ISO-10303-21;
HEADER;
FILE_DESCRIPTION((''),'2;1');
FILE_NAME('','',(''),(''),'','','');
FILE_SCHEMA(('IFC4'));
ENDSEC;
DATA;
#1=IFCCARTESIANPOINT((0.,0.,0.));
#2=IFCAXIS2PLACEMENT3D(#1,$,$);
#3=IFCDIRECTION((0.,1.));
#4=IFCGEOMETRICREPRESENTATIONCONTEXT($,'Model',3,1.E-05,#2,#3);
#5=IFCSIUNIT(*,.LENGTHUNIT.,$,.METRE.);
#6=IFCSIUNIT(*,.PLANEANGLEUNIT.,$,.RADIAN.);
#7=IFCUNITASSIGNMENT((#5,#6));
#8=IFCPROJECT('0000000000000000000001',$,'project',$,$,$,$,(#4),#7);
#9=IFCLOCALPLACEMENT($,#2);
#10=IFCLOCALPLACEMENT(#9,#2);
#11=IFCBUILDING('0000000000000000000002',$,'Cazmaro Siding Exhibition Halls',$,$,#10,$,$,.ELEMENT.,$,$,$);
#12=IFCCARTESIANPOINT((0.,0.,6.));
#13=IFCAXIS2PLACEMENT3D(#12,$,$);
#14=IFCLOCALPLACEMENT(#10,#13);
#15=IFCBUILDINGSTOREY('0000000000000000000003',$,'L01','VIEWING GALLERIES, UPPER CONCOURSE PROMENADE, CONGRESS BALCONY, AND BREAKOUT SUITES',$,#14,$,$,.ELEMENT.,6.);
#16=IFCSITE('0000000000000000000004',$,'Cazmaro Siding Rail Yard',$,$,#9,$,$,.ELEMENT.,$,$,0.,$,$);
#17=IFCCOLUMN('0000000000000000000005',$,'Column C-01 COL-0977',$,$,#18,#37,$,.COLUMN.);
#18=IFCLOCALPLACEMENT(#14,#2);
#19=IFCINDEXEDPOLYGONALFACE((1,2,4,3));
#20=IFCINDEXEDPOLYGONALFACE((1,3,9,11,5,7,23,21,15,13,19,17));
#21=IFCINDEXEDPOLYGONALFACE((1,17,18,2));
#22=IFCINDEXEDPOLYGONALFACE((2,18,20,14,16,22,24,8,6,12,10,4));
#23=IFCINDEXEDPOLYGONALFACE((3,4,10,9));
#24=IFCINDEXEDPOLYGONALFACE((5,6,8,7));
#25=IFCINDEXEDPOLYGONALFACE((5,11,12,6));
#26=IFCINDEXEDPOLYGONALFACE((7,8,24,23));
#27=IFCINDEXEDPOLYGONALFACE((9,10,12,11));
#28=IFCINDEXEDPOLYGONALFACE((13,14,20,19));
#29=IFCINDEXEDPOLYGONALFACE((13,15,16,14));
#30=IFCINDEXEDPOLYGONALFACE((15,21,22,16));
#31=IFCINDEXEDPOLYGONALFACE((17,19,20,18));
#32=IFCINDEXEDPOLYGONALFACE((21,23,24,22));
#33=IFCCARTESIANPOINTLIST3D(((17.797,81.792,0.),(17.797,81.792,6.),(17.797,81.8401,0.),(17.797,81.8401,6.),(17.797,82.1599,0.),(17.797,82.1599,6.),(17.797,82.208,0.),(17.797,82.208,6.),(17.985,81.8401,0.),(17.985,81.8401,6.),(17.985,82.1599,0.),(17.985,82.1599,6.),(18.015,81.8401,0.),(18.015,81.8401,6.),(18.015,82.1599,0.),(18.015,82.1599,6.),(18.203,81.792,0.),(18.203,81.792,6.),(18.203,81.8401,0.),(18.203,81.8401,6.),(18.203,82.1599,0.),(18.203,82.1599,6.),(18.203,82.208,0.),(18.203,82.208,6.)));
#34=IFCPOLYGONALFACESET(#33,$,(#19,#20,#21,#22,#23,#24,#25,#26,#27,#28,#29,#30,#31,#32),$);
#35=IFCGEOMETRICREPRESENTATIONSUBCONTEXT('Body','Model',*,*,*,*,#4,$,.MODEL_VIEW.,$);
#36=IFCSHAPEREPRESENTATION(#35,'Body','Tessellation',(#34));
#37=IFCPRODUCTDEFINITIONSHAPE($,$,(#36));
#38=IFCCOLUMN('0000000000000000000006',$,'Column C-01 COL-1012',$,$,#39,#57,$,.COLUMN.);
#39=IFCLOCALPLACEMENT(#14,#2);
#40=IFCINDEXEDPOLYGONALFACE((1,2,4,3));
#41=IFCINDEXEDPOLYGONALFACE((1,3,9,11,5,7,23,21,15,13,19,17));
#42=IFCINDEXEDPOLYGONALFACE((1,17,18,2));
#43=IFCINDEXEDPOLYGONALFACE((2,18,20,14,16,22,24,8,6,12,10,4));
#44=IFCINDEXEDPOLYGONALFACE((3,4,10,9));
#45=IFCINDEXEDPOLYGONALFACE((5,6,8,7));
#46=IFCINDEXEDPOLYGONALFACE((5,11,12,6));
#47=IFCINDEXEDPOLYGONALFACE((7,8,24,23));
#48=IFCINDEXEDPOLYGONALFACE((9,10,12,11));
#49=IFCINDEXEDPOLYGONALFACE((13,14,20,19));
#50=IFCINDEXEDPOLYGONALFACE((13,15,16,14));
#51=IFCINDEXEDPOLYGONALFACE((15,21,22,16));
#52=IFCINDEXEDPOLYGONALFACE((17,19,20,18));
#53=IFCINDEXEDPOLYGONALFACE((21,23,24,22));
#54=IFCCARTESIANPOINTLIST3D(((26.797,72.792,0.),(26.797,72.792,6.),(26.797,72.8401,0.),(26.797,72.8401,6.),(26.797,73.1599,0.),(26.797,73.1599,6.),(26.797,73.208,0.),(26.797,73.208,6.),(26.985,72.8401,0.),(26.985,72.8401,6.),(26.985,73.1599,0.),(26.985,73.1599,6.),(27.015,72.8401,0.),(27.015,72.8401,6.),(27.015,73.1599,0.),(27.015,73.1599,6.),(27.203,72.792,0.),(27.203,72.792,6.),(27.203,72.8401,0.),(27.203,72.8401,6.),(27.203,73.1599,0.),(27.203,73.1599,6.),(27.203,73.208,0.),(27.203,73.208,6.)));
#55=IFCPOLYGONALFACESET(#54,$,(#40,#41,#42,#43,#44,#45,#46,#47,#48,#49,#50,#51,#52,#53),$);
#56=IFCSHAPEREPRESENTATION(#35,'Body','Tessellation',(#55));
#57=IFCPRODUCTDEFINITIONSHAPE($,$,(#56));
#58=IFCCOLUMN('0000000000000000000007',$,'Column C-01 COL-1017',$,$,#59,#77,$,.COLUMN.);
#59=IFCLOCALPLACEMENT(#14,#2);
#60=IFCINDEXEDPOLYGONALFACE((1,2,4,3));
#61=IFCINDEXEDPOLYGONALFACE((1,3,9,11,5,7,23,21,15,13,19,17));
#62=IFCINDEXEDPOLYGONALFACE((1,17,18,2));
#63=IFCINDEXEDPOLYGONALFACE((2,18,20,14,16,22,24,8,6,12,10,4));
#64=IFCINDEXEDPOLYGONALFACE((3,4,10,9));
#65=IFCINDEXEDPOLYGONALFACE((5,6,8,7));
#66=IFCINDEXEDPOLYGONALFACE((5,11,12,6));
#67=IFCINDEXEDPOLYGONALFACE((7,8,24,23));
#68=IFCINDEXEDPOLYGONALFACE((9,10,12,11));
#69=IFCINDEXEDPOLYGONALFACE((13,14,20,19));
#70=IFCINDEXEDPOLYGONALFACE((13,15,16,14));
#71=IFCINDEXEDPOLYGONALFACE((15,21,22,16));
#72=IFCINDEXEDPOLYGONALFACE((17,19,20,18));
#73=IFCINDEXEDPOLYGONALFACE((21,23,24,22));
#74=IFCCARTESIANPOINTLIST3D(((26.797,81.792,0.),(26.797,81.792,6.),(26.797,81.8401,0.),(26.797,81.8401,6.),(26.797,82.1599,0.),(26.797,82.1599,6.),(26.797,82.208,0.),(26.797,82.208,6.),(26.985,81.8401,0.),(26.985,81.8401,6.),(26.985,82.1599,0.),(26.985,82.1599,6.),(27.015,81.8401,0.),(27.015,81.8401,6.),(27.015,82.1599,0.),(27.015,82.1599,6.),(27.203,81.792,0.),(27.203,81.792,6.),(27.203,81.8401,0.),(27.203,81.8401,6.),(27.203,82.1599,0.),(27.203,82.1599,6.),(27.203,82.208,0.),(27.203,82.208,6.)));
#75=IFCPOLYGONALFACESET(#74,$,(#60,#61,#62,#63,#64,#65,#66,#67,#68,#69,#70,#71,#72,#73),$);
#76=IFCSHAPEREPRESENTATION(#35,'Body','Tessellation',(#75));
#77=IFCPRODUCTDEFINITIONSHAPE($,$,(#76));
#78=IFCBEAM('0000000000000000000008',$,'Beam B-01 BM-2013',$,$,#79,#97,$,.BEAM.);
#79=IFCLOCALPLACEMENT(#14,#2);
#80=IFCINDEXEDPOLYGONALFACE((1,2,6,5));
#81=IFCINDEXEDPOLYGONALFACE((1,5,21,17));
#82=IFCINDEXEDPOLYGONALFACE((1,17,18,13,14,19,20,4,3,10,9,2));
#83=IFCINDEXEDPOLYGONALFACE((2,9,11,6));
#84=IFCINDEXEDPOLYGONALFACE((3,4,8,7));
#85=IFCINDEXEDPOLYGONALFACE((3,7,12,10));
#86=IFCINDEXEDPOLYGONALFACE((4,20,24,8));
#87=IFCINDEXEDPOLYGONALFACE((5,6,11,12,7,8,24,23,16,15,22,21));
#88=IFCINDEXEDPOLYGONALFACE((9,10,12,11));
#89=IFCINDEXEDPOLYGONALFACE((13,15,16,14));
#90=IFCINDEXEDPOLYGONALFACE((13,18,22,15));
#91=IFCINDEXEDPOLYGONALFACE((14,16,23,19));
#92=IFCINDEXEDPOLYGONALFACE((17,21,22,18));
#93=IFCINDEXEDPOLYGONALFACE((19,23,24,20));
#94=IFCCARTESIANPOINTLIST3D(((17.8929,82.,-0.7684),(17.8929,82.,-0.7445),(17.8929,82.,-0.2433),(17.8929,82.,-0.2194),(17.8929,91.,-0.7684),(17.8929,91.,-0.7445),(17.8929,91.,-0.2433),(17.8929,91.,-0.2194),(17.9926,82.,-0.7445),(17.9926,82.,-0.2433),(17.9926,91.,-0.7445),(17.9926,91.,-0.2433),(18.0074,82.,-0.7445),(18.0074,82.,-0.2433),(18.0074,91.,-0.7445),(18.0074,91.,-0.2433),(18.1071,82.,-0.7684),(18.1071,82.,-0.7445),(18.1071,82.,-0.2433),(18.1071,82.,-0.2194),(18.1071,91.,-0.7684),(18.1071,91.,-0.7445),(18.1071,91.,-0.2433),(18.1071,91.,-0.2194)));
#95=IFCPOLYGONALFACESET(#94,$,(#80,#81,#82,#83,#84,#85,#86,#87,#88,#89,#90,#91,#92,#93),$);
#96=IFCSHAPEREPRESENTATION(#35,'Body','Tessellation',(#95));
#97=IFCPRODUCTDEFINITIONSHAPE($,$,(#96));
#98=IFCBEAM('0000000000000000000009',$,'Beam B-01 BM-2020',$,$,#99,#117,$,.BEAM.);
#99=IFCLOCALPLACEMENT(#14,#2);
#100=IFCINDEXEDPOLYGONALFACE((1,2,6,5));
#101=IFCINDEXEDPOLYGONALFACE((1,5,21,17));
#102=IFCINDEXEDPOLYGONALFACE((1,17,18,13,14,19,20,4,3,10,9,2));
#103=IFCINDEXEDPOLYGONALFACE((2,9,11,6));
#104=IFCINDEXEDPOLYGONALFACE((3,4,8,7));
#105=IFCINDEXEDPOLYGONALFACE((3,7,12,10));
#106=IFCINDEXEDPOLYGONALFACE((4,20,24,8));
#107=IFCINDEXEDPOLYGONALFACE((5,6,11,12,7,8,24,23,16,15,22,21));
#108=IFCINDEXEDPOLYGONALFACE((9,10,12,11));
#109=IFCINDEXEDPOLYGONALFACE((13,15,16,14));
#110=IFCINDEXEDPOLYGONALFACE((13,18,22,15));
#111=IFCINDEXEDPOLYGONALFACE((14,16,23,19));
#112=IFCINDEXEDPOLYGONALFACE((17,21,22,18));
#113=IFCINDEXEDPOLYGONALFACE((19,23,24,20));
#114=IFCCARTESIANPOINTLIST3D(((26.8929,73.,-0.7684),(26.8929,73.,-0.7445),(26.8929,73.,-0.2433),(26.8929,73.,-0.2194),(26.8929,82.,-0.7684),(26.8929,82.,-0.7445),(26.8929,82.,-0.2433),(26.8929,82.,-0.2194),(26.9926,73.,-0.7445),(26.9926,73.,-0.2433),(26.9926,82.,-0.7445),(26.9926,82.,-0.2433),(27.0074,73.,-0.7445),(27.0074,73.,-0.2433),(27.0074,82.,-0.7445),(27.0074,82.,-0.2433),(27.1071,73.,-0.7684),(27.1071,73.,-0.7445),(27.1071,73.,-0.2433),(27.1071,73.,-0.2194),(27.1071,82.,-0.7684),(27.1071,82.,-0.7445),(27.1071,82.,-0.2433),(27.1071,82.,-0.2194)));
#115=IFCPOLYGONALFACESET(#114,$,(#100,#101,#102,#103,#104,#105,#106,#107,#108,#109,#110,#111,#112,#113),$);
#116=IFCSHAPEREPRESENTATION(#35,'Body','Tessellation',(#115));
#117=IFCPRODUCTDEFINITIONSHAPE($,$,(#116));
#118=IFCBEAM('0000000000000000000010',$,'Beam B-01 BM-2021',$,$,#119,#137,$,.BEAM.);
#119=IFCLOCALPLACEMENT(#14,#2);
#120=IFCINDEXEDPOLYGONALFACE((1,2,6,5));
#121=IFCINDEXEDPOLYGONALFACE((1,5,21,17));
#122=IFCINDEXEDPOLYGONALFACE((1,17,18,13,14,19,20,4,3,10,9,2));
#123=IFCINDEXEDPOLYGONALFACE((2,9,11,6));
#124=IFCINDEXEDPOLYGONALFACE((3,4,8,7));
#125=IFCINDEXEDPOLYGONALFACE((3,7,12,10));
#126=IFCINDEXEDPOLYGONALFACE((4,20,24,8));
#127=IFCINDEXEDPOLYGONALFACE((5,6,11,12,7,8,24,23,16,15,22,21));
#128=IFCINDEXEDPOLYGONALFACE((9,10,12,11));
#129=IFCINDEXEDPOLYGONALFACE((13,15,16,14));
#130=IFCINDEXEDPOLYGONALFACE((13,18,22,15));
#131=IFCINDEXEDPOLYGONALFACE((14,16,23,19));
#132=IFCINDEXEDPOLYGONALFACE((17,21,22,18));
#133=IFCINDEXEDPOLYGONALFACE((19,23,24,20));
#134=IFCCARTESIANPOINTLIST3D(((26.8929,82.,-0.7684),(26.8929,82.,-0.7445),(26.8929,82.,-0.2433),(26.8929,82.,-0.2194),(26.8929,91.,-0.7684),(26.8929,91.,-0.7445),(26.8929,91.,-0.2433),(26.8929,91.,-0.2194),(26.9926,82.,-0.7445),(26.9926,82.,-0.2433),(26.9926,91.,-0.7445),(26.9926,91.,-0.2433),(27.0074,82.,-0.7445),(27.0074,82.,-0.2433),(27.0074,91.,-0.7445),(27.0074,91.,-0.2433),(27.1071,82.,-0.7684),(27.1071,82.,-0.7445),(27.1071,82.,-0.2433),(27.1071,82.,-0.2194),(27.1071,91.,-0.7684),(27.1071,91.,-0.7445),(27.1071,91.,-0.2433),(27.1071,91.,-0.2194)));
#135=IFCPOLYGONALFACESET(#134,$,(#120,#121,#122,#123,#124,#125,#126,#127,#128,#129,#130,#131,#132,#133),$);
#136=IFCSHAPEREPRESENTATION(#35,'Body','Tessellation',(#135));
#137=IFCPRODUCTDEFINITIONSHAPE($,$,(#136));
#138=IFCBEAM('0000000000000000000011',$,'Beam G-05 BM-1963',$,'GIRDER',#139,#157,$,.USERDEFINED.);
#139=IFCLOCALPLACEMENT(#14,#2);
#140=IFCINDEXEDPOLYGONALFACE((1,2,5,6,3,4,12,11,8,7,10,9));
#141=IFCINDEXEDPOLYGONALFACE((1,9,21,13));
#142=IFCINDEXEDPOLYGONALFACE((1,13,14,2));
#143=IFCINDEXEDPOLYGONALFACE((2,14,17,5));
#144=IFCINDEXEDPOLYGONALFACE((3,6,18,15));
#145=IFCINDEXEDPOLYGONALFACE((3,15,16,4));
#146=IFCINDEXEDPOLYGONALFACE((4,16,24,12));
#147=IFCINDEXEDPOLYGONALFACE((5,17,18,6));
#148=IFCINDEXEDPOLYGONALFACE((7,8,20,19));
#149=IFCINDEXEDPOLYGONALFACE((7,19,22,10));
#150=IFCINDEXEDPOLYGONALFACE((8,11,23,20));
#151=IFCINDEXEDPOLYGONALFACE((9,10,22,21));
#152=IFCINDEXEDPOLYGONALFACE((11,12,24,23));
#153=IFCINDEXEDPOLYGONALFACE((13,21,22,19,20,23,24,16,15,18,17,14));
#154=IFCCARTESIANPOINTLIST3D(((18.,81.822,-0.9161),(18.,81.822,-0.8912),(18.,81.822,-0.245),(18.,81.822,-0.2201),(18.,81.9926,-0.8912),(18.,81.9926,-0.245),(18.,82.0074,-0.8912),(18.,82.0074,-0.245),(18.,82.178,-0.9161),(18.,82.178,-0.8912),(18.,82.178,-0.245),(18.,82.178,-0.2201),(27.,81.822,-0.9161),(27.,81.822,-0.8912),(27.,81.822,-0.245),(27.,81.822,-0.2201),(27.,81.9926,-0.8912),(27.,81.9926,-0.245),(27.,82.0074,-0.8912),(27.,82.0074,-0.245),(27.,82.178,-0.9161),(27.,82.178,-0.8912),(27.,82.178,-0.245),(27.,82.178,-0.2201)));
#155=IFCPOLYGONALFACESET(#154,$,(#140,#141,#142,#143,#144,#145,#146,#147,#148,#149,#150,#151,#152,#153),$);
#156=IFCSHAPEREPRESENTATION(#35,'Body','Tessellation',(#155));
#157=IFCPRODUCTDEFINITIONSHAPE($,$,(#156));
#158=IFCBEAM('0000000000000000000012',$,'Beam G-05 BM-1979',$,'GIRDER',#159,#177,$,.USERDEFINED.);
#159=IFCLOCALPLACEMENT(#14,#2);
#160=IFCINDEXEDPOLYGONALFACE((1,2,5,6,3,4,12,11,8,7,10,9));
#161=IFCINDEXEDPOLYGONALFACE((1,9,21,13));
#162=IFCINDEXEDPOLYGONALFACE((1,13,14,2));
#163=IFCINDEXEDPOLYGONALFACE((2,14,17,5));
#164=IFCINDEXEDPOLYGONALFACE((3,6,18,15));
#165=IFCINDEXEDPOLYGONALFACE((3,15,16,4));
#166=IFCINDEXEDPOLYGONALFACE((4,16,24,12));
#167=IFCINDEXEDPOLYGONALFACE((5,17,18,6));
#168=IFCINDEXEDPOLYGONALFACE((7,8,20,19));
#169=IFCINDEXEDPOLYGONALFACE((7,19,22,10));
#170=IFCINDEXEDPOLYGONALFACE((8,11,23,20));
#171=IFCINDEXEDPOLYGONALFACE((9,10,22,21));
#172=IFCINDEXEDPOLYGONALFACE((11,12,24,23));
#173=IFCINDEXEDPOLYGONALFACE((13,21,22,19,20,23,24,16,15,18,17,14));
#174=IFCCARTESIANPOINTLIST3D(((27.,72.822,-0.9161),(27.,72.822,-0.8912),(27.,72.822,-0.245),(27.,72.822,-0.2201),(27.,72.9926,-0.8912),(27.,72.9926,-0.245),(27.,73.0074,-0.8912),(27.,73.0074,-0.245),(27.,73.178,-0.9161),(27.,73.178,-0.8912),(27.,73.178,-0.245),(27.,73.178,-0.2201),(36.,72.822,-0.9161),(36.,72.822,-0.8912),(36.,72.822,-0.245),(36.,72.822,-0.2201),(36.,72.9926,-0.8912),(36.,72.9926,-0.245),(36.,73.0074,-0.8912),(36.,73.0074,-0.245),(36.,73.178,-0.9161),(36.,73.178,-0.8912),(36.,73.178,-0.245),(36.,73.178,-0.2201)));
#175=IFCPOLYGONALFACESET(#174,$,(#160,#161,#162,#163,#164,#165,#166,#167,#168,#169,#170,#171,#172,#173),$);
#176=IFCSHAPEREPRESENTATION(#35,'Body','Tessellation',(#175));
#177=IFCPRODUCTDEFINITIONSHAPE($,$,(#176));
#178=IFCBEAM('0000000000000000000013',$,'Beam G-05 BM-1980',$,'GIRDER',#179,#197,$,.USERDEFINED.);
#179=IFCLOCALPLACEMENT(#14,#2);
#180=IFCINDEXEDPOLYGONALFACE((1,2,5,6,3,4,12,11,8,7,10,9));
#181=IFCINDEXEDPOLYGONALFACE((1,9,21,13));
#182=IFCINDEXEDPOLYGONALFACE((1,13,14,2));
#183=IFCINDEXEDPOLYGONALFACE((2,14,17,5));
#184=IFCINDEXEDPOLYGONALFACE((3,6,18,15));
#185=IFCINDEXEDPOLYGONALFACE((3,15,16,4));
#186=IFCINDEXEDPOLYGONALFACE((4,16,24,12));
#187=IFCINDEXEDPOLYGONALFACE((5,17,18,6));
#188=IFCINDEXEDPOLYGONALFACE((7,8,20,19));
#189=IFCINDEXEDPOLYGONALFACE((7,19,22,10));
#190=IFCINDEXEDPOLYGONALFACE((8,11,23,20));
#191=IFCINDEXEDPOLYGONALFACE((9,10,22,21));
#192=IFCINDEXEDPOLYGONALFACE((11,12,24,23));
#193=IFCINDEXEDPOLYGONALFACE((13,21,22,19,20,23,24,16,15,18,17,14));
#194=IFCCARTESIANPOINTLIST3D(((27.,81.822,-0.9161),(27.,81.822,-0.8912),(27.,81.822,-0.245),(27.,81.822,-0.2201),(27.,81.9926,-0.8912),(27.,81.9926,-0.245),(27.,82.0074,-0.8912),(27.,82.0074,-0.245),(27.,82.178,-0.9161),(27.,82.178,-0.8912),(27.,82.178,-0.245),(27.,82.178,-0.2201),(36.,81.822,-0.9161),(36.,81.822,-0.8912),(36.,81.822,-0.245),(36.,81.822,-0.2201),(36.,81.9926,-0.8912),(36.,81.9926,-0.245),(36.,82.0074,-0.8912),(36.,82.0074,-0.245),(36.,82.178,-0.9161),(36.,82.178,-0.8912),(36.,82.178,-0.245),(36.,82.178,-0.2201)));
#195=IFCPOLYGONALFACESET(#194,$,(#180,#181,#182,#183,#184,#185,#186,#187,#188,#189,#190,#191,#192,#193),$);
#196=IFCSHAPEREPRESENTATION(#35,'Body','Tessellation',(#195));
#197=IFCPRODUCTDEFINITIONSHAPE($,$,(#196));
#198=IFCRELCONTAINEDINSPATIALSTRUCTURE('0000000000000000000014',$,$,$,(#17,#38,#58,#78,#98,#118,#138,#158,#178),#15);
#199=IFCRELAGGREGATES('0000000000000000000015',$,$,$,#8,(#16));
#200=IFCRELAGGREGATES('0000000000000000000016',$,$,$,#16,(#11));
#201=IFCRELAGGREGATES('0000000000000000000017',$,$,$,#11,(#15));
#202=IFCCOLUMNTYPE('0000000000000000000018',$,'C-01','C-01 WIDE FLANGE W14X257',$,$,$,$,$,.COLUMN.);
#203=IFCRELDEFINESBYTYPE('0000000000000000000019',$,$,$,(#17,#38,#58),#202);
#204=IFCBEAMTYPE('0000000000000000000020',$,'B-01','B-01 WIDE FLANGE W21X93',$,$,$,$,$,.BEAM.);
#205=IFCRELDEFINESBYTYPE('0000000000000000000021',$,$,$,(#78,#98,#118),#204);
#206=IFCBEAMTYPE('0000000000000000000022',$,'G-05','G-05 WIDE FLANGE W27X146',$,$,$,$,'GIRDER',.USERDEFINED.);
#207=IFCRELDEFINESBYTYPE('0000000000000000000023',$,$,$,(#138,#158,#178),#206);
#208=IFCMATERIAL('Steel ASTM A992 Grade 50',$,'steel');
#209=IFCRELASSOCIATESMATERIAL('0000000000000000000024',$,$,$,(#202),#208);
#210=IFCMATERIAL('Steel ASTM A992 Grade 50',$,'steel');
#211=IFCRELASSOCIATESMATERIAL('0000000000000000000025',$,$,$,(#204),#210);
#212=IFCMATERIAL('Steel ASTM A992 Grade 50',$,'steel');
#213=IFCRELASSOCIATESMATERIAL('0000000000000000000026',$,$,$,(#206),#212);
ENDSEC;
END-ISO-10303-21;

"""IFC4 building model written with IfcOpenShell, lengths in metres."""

from ifc_helpers import new_model, si_unit, direction, frame, origin, origin_2d, place, context, subcontext, project, spatial, i_section, extrude, material, material_profile, profile_set, type_object, element, save


model = new_model("IFC4")

# Units and contexts
model_context = context("Model", 3, precision=1e-05, world=origin(), true_north=direction((0.0, 1.0)))
body_context = subcontext(model_context, "Body", "Model", "MODEL_VIEW")
ifc_project = project(units=[si_unit("LENGTHUNIT", "METRE"), si_unit("PLANEANGLEUNIT", "RADIAN")], contexts=[model_context])

# Site, building, storey
site_placement = place(None, origin())
site = spatial("IfcSite", under=ifc_project, at=site_placement, Name="Cazmaro Siding Rail Yard", CompositionType="ELEMENT", RefElevation=0.0)
building_placement = place(site_placement, origin())
building = spatial("IfcBuilding", under=site, at=building_placement, Name="Cazmaro Siding Exhibition Halls", CompositionType="ELEMENT")
storey_placement = place(building_placement, frame((0.0, 0.0, 6.0)))
storey = spatial("IfcBuildingStorey", under=building, at=storey_placement, Name="L01", Description="VIEWING GALLERIES, UPPER CONCOURSE PROMENADE, CONGRESS BALCONY, AND BREAKOUT SUITES", CompositionType="ELEMENT", Elevation=6.0)

# Columns
ifc_material_1 = material(Name="Steel ASTM A992 Grade 50", Category="steel")
ifc_material_profile_1 = material_profile(ifc_material_1, i_section(OverallWidth=0.406, OverallDepth=0.416, WebThickness=0.03, FlangeThickness=0.0481, at=origin_2d()), Name="W14X257")
ifc_profile_set_1 = profile_set([ifc_material_profile_1], Name="Steel ASTM A992 Grade 50")
column_type = type_object("IfcColumnType", Name="C-01", Description="C-01 WIDE FLANGE W14X257", PredefinedType="COLUMN", material=ifc_profile_set_1)
for number, where, z_axis, x_axis, name in (
    (1, (18.0, 82.0, 0.0), (0.0, 0.0, 1.0), (1.0, 0.0, 0.0), "Column C-01 COL-0977"),
    (2, (27.0, 73.0, 0.0), (0.0, 0.0, 1.0), (1.0, 0.0, 0.0), "Column C-01 COL-1012"),
    (3, (27.0, 82.0, 0.0), (0.0, 0.0, 1.0), (1.0, 0.0, 0.0), "Column C-01 COL-1017"),
):
    element("IfcColumn", number, at=place(storey_placement, frame(where, z_axis=z_axis, x_axis=x_axis)), inside=storey, type_object=column_type, Name=name, PredefinedType="COLUMN", context=body_context, shape_type="SweptSolid", body=[
        extrude(i_section(OverallWidth=0.406, OverallDepth=0.416, WebThickness=0.03, FlangeThickness=0.0481, at=origin_2d()), origin(), (0.0, 0.0, 1.0), 6.0),
    ])

# Beams
ifc_material_2 = material(Name="Steel ASTM A992 Grade 50", Category="steel")
ifc_material_profile_2 = material_profile(ifc_material_2, i_section(OverallWidth=0.2141, OverallDepth=0.5491, WebThickness=0.0149, FlangeThickness=0.0239, at=origin_2d()), Name="W21X93")
ifc_profile_set_2 = profile_set([ifc_material_profile_2], Name="Steel ASTM A992 Grade 50")
beam_type_1 = type_object("IfcBeamType", Name="B-01", Description="B-01 WIDE FLANGE W21X93", PredefinedType="BEAM", material=ifc_profile_set_2)
for number, where, z_axis, x_axis, name in (
    (4, (18.0, 82.0, -0.4939), (0.0, 1.0, 0.0), (-1.0, 0.0, 0.0), "Beam B-01 BM-2013"),
    (5, (27.0, 73.0, -0.4939), (0.0, 1.0, 0.0), (-1.0, 0.0, 0.0), "Beam B-01 BM-2020"),
    (6, (27.0, 82.0, -0.4939), (0.0, 1.0, 0.0), (-1.0, 0.0, 0.0), "Beam B-01 BM-2021"),
):
    element("IfcBeam", number, at=place(storey_placement, frame(where, z_axis=z_axis, x_axis=x_axis)), inside=storey, type_object=beam_type_1, Name=name, PredefinedType="BEAM", context=body_context, shape_type="SweptSolid", body=[
        extrude(i_section(OverallWidth=0.2141, OverallDepth=0.5491, WebThickness=0.0149, FlangeThickness=0.0239, at=origin_2d()), origin(), (0.0, 0.0, 1.0), 9.0),
    ])
ifc_material_3 = material(Name="Steel ASTM A992 Grade 50", Category="steel")
ifc_material_profile_3 = material_profile(ifc_material_3, i_section(OverallWidth=0.356, OverallDepth=0.696, WebThickness=0.0149, FlangeThickness=0.0249, at=origin_2d()), Name="W27X146")
ifc_profile_set_3 = profile_set([ifc_material_profile_3], Name="Steel ASTM A992 Grade 50")
beam_type_2 = type_object("IfcBeamType", Name="G-05", Description="G-05 WIDE FLANGE W27X146", ElementType="GIRDER", PredefinedType="USERDEFINED", material=ifc_profile_set_3)
for number, where, z_axis, x_axis, name in (
    (7, (18.0, 82.0, -0.5681), (1.0, 0.0, 0.0), (0.0, 1.0, 0.0), "Beam G-05 BM-1963"),
    (8, (27.0, 73.0, -0.5681), (1.0, 0.0, 0.0), (0.0, 1.0, 0.0), "Beam G-05 BM-1979"),
    (9, (27.0, 82.0, -0.5681), (1.0, 0.0, 0.0), (0.0, 1.0, 0.0), "Beam G-05 BM-1980"),
):
    element("IfcBeam", number, at=place(storey_placement, frame(where, z_axis=z_axis, x_axis=x_axis)), inside=storey, type_object=beam_type_2, Name=name, ObjectType="GIRDER", PredefinedType="USERDEFINED", context=body_context, shape_type="SweptSolid", body=[
        extrude(i_section(OverallWidth=0.356, OverallDepth=0.696, WebThickness=0.0149, FlangeThickness=0.0249, at=origin_2d()), origin(), (0.0, 0.0, 1.0), 9.0),
    ])

save(model, "model.ifc")
